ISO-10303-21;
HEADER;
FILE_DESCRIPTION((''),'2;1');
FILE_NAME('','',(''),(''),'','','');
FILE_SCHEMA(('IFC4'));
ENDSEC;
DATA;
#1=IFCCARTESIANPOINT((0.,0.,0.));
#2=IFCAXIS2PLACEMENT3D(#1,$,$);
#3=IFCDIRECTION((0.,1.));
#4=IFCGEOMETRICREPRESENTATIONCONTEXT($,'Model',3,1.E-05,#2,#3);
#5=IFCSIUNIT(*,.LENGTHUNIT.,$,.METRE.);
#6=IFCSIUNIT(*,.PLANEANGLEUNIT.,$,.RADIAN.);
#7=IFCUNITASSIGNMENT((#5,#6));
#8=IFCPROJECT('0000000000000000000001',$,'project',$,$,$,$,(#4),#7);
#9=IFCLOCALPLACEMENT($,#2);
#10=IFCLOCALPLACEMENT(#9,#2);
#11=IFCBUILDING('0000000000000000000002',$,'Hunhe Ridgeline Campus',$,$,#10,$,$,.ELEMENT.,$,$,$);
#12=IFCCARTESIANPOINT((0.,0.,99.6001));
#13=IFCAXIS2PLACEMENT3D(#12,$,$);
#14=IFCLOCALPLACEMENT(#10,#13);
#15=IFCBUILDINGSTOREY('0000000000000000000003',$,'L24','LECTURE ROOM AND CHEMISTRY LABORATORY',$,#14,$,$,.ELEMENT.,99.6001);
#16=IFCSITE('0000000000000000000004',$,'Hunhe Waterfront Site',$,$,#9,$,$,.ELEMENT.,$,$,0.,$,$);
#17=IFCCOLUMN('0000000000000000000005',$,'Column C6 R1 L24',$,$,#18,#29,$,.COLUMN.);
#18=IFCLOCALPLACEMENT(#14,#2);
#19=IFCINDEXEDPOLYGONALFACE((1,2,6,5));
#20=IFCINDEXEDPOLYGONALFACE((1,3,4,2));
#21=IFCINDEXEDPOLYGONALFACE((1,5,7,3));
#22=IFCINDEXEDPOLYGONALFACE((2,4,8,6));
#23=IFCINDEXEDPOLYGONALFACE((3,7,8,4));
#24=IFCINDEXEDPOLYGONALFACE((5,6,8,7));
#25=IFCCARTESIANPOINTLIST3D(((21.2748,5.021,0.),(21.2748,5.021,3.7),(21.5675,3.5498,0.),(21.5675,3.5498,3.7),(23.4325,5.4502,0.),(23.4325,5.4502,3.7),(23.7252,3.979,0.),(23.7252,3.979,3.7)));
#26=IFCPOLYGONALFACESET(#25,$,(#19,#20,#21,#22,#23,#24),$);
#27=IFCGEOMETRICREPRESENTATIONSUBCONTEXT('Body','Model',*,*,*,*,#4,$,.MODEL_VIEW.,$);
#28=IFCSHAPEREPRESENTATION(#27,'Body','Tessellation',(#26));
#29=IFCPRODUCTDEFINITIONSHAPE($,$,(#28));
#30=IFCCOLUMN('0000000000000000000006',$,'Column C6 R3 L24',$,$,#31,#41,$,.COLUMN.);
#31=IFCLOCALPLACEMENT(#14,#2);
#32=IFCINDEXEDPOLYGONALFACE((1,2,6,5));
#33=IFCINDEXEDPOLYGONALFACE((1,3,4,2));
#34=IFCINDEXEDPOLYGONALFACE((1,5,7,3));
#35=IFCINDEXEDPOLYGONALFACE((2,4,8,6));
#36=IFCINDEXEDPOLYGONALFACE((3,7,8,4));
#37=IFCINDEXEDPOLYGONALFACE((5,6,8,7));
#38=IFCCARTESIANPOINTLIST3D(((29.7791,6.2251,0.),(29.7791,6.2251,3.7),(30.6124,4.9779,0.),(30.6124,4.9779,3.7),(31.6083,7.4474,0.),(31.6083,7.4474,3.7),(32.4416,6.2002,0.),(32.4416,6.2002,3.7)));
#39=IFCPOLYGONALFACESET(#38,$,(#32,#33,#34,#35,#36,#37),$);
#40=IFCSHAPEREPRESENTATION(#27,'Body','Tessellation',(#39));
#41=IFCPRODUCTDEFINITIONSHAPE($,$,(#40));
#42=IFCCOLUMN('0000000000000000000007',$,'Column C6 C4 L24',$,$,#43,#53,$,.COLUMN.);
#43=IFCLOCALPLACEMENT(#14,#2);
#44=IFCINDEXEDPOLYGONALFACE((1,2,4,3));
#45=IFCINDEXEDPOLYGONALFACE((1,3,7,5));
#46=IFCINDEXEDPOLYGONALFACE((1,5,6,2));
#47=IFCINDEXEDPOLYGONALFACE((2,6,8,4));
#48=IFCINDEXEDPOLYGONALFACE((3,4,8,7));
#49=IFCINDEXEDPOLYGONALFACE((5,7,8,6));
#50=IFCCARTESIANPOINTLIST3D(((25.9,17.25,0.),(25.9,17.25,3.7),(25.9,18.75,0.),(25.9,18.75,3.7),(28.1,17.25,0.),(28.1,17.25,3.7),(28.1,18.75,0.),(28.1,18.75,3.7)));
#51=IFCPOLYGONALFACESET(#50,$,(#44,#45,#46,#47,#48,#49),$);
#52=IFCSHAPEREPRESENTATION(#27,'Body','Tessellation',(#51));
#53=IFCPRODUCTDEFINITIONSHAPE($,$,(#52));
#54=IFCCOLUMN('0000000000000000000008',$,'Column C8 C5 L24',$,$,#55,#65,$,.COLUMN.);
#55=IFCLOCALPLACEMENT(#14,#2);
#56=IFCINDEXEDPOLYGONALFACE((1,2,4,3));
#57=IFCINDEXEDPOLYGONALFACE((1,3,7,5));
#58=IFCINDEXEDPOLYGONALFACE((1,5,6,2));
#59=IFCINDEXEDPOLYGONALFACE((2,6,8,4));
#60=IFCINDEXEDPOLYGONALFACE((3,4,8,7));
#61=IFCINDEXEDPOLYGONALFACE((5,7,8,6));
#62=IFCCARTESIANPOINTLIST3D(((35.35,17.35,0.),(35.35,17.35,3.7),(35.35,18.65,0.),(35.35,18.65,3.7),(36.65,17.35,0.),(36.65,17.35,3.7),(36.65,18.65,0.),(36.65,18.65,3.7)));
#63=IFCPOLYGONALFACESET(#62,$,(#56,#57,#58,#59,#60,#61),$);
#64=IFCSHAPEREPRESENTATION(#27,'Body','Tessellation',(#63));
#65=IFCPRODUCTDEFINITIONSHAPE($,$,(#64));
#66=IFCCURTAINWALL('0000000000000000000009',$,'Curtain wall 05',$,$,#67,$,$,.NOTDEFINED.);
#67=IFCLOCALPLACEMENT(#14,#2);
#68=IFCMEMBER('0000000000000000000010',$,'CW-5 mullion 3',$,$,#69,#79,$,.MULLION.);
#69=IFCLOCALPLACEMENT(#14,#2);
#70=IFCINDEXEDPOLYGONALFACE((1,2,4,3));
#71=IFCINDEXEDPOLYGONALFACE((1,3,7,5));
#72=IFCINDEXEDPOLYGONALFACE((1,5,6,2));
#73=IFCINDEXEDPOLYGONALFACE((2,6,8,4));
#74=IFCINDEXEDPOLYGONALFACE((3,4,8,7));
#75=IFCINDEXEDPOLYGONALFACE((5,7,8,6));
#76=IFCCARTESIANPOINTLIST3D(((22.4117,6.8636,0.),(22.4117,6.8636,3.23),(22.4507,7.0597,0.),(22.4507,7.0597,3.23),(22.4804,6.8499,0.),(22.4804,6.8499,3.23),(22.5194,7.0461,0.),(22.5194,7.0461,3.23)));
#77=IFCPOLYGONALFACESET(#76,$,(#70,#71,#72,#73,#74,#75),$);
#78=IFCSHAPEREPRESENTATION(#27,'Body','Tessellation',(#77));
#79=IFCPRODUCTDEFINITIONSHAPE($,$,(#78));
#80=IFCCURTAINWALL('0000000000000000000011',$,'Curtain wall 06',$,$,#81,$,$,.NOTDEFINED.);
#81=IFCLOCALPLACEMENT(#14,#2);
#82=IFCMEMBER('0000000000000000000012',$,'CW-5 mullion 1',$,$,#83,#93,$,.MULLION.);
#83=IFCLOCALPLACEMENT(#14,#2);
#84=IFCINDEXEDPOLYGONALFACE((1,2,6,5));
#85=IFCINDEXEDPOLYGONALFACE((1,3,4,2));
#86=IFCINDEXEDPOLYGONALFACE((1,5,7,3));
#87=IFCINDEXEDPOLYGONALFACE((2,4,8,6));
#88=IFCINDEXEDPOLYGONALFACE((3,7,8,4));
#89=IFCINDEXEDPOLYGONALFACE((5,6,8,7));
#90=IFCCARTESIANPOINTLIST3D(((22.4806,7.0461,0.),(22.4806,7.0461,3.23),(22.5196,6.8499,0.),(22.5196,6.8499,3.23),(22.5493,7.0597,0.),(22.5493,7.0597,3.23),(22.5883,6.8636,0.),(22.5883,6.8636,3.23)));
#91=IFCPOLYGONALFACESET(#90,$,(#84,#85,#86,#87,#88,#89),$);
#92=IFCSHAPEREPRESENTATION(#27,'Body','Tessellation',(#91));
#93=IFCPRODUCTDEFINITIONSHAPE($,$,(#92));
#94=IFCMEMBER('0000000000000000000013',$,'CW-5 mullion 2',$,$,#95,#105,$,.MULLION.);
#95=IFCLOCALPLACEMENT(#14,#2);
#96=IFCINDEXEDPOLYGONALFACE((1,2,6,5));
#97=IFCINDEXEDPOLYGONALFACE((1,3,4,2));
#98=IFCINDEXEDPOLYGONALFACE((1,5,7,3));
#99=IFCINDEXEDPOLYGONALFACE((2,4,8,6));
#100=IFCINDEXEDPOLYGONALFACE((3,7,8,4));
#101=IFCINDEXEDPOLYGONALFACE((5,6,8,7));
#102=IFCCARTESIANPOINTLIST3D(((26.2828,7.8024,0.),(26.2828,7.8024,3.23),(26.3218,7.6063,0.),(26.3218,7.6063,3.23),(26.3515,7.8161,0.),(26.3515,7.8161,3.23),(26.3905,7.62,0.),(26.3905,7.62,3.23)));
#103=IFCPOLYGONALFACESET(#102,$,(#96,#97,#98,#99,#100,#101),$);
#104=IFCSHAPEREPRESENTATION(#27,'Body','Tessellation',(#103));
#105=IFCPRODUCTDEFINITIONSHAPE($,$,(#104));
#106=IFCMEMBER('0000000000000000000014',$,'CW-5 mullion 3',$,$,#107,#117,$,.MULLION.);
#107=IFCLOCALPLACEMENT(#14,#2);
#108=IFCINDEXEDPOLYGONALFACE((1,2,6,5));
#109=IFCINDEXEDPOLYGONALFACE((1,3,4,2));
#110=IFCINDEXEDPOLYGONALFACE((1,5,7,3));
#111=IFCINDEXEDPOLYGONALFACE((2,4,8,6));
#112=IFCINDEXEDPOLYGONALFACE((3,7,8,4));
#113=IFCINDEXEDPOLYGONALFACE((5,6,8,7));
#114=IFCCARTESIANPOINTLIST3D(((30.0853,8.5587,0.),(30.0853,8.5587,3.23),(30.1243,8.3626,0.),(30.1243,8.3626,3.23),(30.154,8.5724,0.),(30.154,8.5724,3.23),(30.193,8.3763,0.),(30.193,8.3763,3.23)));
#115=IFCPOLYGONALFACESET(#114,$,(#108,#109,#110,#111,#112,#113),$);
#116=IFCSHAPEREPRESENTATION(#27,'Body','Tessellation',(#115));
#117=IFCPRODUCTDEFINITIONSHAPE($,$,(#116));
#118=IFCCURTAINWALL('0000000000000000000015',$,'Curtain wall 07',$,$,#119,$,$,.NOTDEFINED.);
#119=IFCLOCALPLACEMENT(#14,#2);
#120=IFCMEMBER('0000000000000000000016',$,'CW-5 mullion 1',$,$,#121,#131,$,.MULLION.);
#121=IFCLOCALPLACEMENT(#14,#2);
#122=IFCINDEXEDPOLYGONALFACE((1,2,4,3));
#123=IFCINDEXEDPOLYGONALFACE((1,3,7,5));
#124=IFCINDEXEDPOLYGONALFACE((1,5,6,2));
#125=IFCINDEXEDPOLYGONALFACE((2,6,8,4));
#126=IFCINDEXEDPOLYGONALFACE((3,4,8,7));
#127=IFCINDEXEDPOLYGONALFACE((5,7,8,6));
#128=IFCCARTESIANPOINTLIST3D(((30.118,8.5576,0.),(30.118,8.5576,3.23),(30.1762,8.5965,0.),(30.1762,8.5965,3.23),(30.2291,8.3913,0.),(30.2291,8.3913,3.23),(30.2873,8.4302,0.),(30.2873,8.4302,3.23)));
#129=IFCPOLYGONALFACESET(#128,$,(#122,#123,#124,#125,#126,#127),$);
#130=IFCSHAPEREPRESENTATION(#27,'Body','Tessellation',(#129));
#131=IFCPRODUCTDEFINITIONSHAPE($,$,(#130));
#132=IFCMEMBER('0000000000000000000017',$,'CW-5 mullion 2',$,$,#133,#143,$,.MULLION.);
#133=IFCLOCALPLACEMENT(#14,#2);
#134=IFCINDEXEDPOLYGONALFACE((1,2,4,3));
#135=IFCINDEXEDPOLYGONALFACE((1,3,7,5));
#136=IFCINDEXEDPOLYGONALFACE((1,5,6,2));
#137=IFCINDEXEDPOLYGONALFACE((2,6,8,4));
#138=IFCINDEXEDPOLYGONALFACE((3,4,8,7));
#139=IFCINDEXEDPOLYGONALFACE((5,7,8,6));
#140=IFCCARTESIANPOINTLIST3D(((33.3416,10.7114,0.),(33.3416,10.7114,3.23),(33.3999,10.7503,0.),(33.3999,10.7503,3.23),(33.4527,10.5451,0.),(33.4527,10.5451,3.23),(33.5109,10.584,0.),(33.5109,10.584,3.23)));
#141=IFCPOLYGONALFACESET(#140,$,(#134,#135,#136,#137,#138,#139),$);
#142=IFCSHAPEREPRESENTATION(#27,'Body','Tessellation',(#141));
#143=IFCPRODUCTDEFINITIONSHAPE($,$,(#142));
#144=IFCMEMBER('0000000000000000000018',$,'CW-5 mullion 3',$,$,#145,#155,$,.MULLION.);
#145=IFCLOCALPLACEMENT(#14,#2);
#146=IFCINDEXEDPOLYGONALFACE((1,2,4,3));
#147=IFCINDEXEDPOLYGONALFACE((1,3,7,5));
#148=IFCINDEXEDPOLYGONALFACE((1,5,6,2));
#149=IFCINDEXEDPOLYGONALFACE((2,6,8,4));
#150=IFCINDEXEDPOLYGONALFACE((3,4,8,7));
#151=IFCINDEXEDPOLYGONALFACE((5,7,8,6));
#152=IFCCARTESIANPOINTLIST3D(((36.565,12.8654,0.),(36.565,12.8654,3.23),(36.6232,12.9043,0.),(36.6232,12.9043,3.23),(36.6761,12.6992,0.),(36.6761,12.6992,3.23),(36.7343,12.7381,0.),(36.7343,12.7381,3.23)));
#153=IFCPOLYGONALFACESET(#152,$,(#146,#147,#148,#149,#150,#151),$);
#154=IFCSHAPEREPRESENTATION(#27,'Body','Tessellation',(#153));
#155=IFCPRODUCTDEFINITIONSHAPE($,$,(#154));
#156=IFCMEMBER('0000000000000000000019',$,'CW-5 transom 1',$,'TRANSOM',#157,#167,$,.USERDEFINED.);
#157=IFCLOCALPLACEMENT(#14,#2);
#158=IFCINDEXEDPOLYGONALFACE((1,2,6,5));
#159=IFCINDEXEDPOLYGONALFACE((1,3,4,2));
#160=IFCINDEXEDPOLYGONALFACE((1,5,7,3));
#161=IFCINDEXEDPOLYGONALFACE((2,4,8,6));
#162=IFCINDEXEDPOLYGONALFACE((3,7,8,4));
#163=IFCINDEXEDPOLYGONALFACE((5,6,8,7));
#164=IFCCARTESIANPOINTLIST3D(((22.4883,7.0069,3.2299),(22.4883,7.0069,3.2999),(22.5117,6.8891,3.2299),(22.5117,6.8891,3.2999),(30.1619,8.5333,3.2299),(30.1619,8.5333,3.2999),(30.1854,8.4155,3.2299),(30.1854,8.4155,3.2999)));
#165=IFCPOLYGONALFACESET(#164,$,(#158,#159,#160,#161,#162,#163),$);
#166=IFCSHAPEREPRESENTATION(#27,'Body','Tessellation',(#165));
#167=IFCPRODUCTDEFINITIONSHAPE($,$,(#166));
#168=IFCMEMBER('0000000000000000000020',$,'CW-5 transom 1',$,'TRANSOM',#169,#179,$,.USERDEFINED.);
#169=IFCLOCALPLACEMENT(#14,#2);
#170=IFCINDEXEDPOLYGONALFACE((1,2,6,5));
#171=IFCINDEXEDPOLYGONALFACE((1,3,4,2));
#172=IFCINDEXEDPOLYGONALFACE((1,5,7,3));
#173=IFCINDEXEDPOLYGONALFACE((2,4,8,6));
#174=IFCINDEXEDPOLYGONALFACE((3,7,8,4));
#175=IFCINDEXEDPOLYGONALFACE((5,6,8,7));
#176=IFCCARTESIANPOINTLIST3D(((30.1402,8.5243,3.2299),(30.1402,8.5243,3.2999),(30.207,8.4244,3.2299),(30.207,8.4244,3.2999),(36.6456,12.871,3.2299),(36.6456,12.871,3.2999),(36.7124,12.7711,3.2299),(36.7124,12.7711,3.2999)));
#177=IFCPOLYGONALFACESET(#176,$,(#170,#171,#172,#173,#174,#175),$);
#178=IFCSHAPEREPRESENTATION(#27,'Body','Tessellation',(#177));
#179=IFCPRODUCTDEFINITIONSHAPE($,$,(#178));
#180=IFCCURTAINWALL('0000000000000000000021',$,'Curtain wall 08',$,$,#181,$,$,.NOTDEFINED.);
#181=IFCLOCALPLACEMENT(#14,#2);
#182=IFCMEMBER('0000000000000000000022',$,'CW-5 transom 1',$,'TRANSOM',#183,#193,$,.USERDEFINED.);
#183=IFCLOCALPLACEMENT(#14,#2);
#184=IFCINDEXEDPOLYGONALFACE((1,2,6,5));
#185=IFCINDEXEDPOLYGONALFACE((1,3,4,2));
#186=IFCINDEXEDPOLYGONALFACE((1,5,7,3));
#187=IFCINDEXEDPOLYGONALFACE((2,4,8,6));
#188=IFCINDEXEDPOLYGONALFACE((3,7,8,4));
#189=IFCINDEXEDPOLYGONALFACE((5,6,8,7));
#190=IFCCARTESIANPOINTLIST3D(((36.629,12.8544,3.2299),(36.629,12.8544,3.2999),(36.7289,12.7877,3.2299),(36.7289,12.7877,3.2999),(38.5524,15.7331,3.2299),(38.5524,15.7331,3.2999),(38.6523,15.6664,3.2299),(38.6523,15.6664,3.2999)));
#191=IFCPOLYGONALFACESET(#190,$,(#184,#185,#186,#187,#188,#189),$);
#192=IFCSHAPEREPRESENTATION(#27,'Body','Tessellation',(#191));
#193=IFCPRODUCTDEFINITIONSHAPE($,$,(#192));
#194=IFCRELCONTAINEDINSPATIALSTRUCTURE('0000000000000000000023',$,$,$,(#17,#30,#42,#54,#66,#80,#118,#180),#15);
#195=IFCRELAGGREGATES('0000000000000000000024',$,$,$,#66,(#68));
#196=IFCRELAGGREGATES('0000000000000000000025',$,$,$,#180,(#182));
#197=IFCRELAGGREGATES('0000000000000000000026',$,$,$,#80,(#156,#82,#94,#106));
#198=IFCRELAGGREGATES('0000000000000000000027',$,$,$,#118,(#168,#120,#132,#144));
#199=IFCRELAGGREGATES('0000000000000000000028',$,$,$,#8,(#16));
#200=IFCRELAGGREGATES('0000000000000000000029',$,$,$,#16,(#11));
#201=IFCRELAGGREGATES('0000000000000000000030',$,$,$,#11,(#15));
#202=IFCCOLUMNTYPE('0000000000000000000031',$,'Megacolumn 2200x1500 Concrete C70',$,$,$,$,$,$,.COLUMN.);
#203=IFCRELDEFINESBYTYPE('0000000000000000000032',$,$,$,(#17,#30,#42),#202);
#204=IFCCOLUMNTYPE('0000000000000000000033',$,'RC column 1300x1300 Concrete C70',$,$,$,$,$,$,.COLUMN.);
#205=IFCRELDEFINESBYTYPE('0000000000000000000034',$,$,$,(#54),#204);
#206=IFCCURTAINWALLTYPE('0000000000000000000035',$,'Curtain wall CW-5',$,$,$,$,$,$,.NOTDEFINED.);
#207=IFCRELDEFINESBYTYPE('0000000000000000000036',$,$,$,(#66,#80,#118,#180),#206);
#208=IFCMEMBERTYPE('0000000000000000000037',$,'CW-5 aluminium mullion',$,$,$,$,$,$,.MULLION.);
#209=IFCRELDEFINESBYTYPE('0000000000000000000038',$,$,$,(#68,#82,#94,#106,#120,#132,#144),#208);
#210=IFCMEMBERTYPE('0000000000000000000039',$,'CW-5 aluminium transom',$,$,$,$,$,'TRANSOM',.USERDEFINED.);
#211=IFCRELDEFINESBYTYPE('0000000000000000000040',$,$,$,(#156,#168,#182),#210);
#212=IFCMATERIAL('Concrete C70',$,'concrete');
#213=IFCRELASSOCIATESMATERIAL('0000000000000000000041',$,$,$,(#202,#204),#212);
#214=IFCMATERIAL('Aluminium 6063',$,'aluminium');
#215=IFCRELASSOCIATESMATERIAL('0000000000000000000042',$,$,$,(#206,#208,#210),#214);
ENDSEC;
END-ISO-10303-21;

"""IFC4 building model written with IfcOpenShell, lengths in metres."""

from ifc_helpers import new_model, si_unit, direction, frame, origin, origin_2d, place, context, subcontext, project, spatial, rectangle, extrude, material, material_profile, profile_set, type_object, element, aggregate, save


model = new_model("IFC4")

# Units and contexts
model_context = context("Model", 3, precision=1e-05, world=origin(), true_north=direction((0.0, 1.0)))
body_context = subcontext(model_context, "Body", "Model", "MODEL_VIEW")
ifc_project = project(units=[si_unit("LENGTHUNIT", "METRE"), si_unit("PLANEANGLEUNIT", "RADIAN")], contexts=[model_context])

# Site, building, storey
site_placement = place(None, origin())
site = spatial("IfcSite", under=ifc_project, at=site_placement, Name="Hunhe Waterfront Site", CompositionType="ELEMENT", RefElevation=0.0)
building_placement = place(site_placement, origin())
building = spatial("IfcBuilding", under=site, at=building_placement, Name="Hunhe Ridgeline Campus", CompositionType="ELEMENT")
storey_placement = place(building_placement, frame((0.0, 0.0, 99.6001)))
storey = spatial("IfcBuildingStorey", under=building, at=storey_placement, Name="L24", Description="LECTURE ROOM AND CHEMISTRY LABORATORY", CompositionType="ELEMENT", Elevation=99.6001)

# Columns
ifc_material_1 = material(Name="Concrete C70", Category="concrete")
ifc_material_profile_1 = material_profile(ifc_material_1, rectangle(XDim=2.2, YDim=1.5, at=origin_2d()))
ifc_profile_set_1 = profile_set([ifc_material_profile_1], Name="Concrete C70")
column_type_1 = type_object("IfcColumnType", Name="Megacolumn 2200x1500 Concrete C70", PredefinedType="COLUMN", material=ifc_profile_set_1)
for number, where, z_axis, x_axis, name in (
    (1, (22.5, 4.5, 0.0), (0.0, 0.0, 1.0), (0.980785, 0.19509, 0.0), "Column C6 R1 L24"),
    (2, (31.1104, 6.2126, 0.0), (0.0, 0.0, 1.0), (0.83147, 0.55557, 0.0), "Column C6 R3 L24"),
    (3, (27.0, 18.0, 0.0), (0.0, 0.0, 1.0), (1.0, 0.0, 0.0), "Column C6 C4 L24"),
):
    element("IfcColumn", number, at=place(storey_placement, frame(where, z_axis=z_axis, x_axis=x_axis)), inside=storey, type_object=column_type_1, Name=name, PredefinedType="COLUMN", context=body_context, shape_type="SweptSolid", body=[
        extrude(rectangle(XDim=2.2, YDim=1.5, at=origin_2d()), origin(), (0.0, 0.0, 1.0), 3.7),
    ])
ifc_material_profile_2 = material_profile(ifc_material_1, rectangle(XDim=1.3, YDim=1.3, at=origin_2d()))
ifc_profile_set_2 = profile_set([ifc_material_profile_2], Name="Concrete C70")
column_type_2 = type_object("IfcColumnType", Name="RC column 1300x1300 Concrete C70", PredefinedType="COLUMN", material=ifc_profile_set_2)
column_placement = place(storey_placement, frame((36.0, 18.0, 0.0), z_axis=(0.0, 0.0, 1.0), x_axis=(1.0, 0.0, 0.0)))
element("IfcColumn", 4, at=column_placement, inside=storey, type_object=column_type_2, Name="Column C8 C5 L24", PredefinedType="COLUMN", context=body_context, shape_type="SweptSolid", body=[
    extrude(rectangle(XDim=1.3, YDim=1.3, at=origin_2d()), origin(), (0.0, 0.0, 1.0), 3.7),
])

# Curtain wall, member
ifc_material_2 = material(Name="Aluminium 6063", Category="aluminium")
curtain_wall_type = type_object("IfcCurtainWallType", Name="Curtain wall CW-5", PredefinedType="NOTDEFINED", material=ifc_material_2)
curtain_wall_1_placement = place(storey_placement, origin())
curtain_wall_1 = element("IfcCurtainWall", 5, at=curtain_wall_1_placement, inside=storey, type_object=curtain_wall_type, Name="Curtain wall 05", PredefinedType="NOTDEFINED")
ifc_material_profile_3 = material_profile(ifc_material_2, rectangle(XDim=0.2, YDim=0.0701, at=origin_2d()))
ifc_profile_set_3 = profile_set([ifc_material_profile_3], Name="Aluminium 6063")
member_type_1 = type_object("IfcMemberType", Name="CW-5 aluminium mullion", PredefinedType="MULLION", material=ifc_profile_set_3)
member_1_placement = place(storey_placement, frame((22.4656, 6.9548, 0.0), z_axis=(0.0, 0.0, 1.0), x_axis=(0.19509, 0.980785, 0.0)))
member_1 = element("IfcMember", 6, at=member_1_placement, type_object=member_type_1, Name="CW-5 mullion 3", PredefinedType="MULLION", context=body_context, shape_type="SweptSolid", body=[
    extrude(rectangle(XDim=0.2, YDim=0.0701, at=origin_2d()), origin(), (0.0, 0.0, 1.0), 3.23),
])
aggregate(curtain_wall_1, [member_1])

# Curtain walls, members
curtain_wall_2_placement = place(storey_placement, origin())
curtain_wall_2 = element("IfcCurtainWall", 7, at=curtain_wall_2_placement, inside=storey, type_object=curtain_wall_type, Name="Curtain wall 06", PredefinedType="NOTDEFINED")
member_2_placement = place(storey_placement, frame((22.5344, 6.9548, 0.0), z_axis=(0.0, 0.0, 1.0), x_axis=(-0.19509, 0.980785, 0.0)))
member_2 = element("IfcMember", 8, at=member_2_placement, type_object=member_type_1, Name="CW-5 mullion 1", PredefinedType="MULLION", context=body_context, shape_type="SweptSolid", body=[
    extrude(rectangle(XDim=0.2, YDim=0.0701, at=origin_2d()), origin(), (0.0, 0.0, 1.0), 3.23),
])
member_3_placement = place(storey_placement, frame((26.3367, 7.7112, 0.0), z_axis=(0.0, 0.0, 1.0), x_axis=(-0.19509, 0.980785, 0.0)))
member_3 = element("IfcMember", 9, at=member_3_placement, type_object=member_type_1, Name="CW-5 mullion 2", PredefinedType="MULLION", context=body_context, shape_type="SweptSolid", body=[
    extrude(rectangle(XDim=0.2, YDim=0.0701, at=origin_2d()), origin(), (0.0, 0.0, 1.0), 3.23),
])
member_4_placement = place(storey_placement, frame((30.1392, 8.4675, 0.0), z_axis=(0.0, 0.0, 1.0), x_axis=(-0.19509, 0.980785, 0.0)))
member_4 = element("IfcMember", 10, at=member_4_placement, type_object=member_type_1, Name="CW-5 mullion 3", PredefinedType="MULLION", context=body_context, shape_type="SweptSolid", body=[
    extrude(rectangle(XDim=0.2, YDim=0.0701, at=origin_2d()), origin(), (0.0, 0.0, 1.0), 3.23),
])
curtain_wall_3_placement = place(storey_placement, origin())
curtain_wall_3 = element("IfcCurtainWall", 11, at=curtain_wall_3_placement, inside=storey, type_object=curtain_wall_type, Name="Curtain wall 07", PredefinedType="NOTDEFINED")
member_5_placement = place(storey_placement, frame((30.2026, 8.4939, 0.0), z_axis=(0.0, 0.0, 1.0), x_axis=(-0.55557, 0.83147, 0.0)))
member_5 = element("IfcMember", 12, at=member_5_placement, type_object=member_type_1, Name="CW-5 mullion 1", PredefinedType="MULLION", context=body_context, shape_type="SweptSolid", body=[
    extrude(rectangle(XDim=0.2, YDim=0.0701, at=origin_2d()), origin(), (0.0, 0.0, 1.0), 3.23),
])
member_6_placement = place(storey_placement, frame((33.4263, 10.6477, 0.0), z_axis=(0.0, 0.0, 1.0), x_axis=(-0.55557, 0.83147, 0.0)))
member_6 = element("IfcMember", 13, at=member_6_placement, type_object=member_type_1, Name="CW-5 mullion 2", PredefinedType="MULLION", context=body_context, shape_type="SweptSolid", body=[
    extrude(rectangle(XDim=0.2, YDim=0.0701, at=origin_2d()), origin(), (0.0, 0.0, 1.0), 3.23),
])
member_7_placement = place(storey_placement, frame((36.6497, 12.8018, 0.0), z_axis=(0.0, 0.0, 1.0), x_axis=(-0.55557, 0.83147, 0.0)))
member_7 = element("IfcMember", 14, at=member_7_placement, type_object=member_type_1, Name="CW-5 mullion 3", PredefinedType="MULLION", context=body_context, shape_type="SweptSolid", body=[
    extrude(rectangle(XDim=0.2, YDim=0.0701, at=origin_2d()), origin(), (0.0, 0.0, 1.0), 3.23),
])

# Members
ifc_material_profile_4 = material_profile(ifc_material_2, rectangle(XDim=0.1201, YDim=0.0701, at=origin_2d()))
ifc_profile_set_4 = profile_set([ifc_material_profile_4], Name="Aluminium 6063")
member_type_2 = type_object("IfcMemberType", Name="CW-5 aluminium transom", ElementType="TRANSOM", PredefinedType="USERDEFINED", material=ifc_profile_set_4)
member_8_placement = place(storey_placement, frame((22.5, 6.948, 3.2649), z_axis=(0.980785, 0.19509, 0.0), x_axis=(-0.19509, 0.980785, 0.0)))
member_8 = element("IfcMember", 15, at=member_8_placement, type_object=member_type_2, Name="CW-5 transom 1", ObjectType="TRANSOM", PredefinedType="USERDEFINED", context=body_context, shape_type="SweptSolid", body=[
    extrude(rectangle(XDim=0.1201, YDim=0.0701, at=origin_2d()), origin(), (0.0, 0.0, 1.0), 7.824),
])
member_9_placement = place(storey_placement, frame((30.1736, 8.4744, 3.2649), z_axis=(0.831474, 0.555564, 0.0), x_axis=(-0.555564, 0.831474, 0.0)))
member_9 = element("IfcMember", 16, at=member_9_placement, type_object=member_type_2, Name="CW-5 transom 1", ObjectType="TRANSOM", PredefinedType="USERDEFINED", context=body_context, shape_type="SweptSolid", body=[
    extrude(rectangle(XDim=0.1201, YDim=0.0701, at=origin_2d()), origin(), (0.0, 0.0, 1.0), 7.824),
])

# Curtain wall, member
curtain_wall_4_placement = place(storey_placement, origin())
curtain_wall_4 = element("IfcCurtainWall", 17, at=curtain_wall_4_placement, inside=storey, type_object=curtain_wall_type, Name="Curtain wall 08", PredefinedType="NOTDEFINED")
member_10_placement = place(storey_placement, frame((36.679, 12.821, 3.2649), z_axis=(0.555546, 0.831486, 0.0), x_axis=(-0.831486, 0.555546, 0.0)))
member_10 = element("IfcMember", 18, at=member_10_placement, type_object=member_type_2, Name="CW-5 transom 1", ObjectType="TRANSOM", PredefinedType="USERDEFINED", context=body_context, shape_type="SweptSolid", body=[
    extrude(rectangle(XDim=0.1201, YDim=0.0701, at=origin_2d()), origin(), (0.0, 0.0, 1.0), 3.4622),
])
aggregate(curtain_wall_4, [member_10])

aggregate(curtain_wall_2, [member_8, member_2, member_3, member_4])
aggregate(curtain_wall_3, [member_9, member_5, member_6, member_7])

save(model, "model.ifc")
